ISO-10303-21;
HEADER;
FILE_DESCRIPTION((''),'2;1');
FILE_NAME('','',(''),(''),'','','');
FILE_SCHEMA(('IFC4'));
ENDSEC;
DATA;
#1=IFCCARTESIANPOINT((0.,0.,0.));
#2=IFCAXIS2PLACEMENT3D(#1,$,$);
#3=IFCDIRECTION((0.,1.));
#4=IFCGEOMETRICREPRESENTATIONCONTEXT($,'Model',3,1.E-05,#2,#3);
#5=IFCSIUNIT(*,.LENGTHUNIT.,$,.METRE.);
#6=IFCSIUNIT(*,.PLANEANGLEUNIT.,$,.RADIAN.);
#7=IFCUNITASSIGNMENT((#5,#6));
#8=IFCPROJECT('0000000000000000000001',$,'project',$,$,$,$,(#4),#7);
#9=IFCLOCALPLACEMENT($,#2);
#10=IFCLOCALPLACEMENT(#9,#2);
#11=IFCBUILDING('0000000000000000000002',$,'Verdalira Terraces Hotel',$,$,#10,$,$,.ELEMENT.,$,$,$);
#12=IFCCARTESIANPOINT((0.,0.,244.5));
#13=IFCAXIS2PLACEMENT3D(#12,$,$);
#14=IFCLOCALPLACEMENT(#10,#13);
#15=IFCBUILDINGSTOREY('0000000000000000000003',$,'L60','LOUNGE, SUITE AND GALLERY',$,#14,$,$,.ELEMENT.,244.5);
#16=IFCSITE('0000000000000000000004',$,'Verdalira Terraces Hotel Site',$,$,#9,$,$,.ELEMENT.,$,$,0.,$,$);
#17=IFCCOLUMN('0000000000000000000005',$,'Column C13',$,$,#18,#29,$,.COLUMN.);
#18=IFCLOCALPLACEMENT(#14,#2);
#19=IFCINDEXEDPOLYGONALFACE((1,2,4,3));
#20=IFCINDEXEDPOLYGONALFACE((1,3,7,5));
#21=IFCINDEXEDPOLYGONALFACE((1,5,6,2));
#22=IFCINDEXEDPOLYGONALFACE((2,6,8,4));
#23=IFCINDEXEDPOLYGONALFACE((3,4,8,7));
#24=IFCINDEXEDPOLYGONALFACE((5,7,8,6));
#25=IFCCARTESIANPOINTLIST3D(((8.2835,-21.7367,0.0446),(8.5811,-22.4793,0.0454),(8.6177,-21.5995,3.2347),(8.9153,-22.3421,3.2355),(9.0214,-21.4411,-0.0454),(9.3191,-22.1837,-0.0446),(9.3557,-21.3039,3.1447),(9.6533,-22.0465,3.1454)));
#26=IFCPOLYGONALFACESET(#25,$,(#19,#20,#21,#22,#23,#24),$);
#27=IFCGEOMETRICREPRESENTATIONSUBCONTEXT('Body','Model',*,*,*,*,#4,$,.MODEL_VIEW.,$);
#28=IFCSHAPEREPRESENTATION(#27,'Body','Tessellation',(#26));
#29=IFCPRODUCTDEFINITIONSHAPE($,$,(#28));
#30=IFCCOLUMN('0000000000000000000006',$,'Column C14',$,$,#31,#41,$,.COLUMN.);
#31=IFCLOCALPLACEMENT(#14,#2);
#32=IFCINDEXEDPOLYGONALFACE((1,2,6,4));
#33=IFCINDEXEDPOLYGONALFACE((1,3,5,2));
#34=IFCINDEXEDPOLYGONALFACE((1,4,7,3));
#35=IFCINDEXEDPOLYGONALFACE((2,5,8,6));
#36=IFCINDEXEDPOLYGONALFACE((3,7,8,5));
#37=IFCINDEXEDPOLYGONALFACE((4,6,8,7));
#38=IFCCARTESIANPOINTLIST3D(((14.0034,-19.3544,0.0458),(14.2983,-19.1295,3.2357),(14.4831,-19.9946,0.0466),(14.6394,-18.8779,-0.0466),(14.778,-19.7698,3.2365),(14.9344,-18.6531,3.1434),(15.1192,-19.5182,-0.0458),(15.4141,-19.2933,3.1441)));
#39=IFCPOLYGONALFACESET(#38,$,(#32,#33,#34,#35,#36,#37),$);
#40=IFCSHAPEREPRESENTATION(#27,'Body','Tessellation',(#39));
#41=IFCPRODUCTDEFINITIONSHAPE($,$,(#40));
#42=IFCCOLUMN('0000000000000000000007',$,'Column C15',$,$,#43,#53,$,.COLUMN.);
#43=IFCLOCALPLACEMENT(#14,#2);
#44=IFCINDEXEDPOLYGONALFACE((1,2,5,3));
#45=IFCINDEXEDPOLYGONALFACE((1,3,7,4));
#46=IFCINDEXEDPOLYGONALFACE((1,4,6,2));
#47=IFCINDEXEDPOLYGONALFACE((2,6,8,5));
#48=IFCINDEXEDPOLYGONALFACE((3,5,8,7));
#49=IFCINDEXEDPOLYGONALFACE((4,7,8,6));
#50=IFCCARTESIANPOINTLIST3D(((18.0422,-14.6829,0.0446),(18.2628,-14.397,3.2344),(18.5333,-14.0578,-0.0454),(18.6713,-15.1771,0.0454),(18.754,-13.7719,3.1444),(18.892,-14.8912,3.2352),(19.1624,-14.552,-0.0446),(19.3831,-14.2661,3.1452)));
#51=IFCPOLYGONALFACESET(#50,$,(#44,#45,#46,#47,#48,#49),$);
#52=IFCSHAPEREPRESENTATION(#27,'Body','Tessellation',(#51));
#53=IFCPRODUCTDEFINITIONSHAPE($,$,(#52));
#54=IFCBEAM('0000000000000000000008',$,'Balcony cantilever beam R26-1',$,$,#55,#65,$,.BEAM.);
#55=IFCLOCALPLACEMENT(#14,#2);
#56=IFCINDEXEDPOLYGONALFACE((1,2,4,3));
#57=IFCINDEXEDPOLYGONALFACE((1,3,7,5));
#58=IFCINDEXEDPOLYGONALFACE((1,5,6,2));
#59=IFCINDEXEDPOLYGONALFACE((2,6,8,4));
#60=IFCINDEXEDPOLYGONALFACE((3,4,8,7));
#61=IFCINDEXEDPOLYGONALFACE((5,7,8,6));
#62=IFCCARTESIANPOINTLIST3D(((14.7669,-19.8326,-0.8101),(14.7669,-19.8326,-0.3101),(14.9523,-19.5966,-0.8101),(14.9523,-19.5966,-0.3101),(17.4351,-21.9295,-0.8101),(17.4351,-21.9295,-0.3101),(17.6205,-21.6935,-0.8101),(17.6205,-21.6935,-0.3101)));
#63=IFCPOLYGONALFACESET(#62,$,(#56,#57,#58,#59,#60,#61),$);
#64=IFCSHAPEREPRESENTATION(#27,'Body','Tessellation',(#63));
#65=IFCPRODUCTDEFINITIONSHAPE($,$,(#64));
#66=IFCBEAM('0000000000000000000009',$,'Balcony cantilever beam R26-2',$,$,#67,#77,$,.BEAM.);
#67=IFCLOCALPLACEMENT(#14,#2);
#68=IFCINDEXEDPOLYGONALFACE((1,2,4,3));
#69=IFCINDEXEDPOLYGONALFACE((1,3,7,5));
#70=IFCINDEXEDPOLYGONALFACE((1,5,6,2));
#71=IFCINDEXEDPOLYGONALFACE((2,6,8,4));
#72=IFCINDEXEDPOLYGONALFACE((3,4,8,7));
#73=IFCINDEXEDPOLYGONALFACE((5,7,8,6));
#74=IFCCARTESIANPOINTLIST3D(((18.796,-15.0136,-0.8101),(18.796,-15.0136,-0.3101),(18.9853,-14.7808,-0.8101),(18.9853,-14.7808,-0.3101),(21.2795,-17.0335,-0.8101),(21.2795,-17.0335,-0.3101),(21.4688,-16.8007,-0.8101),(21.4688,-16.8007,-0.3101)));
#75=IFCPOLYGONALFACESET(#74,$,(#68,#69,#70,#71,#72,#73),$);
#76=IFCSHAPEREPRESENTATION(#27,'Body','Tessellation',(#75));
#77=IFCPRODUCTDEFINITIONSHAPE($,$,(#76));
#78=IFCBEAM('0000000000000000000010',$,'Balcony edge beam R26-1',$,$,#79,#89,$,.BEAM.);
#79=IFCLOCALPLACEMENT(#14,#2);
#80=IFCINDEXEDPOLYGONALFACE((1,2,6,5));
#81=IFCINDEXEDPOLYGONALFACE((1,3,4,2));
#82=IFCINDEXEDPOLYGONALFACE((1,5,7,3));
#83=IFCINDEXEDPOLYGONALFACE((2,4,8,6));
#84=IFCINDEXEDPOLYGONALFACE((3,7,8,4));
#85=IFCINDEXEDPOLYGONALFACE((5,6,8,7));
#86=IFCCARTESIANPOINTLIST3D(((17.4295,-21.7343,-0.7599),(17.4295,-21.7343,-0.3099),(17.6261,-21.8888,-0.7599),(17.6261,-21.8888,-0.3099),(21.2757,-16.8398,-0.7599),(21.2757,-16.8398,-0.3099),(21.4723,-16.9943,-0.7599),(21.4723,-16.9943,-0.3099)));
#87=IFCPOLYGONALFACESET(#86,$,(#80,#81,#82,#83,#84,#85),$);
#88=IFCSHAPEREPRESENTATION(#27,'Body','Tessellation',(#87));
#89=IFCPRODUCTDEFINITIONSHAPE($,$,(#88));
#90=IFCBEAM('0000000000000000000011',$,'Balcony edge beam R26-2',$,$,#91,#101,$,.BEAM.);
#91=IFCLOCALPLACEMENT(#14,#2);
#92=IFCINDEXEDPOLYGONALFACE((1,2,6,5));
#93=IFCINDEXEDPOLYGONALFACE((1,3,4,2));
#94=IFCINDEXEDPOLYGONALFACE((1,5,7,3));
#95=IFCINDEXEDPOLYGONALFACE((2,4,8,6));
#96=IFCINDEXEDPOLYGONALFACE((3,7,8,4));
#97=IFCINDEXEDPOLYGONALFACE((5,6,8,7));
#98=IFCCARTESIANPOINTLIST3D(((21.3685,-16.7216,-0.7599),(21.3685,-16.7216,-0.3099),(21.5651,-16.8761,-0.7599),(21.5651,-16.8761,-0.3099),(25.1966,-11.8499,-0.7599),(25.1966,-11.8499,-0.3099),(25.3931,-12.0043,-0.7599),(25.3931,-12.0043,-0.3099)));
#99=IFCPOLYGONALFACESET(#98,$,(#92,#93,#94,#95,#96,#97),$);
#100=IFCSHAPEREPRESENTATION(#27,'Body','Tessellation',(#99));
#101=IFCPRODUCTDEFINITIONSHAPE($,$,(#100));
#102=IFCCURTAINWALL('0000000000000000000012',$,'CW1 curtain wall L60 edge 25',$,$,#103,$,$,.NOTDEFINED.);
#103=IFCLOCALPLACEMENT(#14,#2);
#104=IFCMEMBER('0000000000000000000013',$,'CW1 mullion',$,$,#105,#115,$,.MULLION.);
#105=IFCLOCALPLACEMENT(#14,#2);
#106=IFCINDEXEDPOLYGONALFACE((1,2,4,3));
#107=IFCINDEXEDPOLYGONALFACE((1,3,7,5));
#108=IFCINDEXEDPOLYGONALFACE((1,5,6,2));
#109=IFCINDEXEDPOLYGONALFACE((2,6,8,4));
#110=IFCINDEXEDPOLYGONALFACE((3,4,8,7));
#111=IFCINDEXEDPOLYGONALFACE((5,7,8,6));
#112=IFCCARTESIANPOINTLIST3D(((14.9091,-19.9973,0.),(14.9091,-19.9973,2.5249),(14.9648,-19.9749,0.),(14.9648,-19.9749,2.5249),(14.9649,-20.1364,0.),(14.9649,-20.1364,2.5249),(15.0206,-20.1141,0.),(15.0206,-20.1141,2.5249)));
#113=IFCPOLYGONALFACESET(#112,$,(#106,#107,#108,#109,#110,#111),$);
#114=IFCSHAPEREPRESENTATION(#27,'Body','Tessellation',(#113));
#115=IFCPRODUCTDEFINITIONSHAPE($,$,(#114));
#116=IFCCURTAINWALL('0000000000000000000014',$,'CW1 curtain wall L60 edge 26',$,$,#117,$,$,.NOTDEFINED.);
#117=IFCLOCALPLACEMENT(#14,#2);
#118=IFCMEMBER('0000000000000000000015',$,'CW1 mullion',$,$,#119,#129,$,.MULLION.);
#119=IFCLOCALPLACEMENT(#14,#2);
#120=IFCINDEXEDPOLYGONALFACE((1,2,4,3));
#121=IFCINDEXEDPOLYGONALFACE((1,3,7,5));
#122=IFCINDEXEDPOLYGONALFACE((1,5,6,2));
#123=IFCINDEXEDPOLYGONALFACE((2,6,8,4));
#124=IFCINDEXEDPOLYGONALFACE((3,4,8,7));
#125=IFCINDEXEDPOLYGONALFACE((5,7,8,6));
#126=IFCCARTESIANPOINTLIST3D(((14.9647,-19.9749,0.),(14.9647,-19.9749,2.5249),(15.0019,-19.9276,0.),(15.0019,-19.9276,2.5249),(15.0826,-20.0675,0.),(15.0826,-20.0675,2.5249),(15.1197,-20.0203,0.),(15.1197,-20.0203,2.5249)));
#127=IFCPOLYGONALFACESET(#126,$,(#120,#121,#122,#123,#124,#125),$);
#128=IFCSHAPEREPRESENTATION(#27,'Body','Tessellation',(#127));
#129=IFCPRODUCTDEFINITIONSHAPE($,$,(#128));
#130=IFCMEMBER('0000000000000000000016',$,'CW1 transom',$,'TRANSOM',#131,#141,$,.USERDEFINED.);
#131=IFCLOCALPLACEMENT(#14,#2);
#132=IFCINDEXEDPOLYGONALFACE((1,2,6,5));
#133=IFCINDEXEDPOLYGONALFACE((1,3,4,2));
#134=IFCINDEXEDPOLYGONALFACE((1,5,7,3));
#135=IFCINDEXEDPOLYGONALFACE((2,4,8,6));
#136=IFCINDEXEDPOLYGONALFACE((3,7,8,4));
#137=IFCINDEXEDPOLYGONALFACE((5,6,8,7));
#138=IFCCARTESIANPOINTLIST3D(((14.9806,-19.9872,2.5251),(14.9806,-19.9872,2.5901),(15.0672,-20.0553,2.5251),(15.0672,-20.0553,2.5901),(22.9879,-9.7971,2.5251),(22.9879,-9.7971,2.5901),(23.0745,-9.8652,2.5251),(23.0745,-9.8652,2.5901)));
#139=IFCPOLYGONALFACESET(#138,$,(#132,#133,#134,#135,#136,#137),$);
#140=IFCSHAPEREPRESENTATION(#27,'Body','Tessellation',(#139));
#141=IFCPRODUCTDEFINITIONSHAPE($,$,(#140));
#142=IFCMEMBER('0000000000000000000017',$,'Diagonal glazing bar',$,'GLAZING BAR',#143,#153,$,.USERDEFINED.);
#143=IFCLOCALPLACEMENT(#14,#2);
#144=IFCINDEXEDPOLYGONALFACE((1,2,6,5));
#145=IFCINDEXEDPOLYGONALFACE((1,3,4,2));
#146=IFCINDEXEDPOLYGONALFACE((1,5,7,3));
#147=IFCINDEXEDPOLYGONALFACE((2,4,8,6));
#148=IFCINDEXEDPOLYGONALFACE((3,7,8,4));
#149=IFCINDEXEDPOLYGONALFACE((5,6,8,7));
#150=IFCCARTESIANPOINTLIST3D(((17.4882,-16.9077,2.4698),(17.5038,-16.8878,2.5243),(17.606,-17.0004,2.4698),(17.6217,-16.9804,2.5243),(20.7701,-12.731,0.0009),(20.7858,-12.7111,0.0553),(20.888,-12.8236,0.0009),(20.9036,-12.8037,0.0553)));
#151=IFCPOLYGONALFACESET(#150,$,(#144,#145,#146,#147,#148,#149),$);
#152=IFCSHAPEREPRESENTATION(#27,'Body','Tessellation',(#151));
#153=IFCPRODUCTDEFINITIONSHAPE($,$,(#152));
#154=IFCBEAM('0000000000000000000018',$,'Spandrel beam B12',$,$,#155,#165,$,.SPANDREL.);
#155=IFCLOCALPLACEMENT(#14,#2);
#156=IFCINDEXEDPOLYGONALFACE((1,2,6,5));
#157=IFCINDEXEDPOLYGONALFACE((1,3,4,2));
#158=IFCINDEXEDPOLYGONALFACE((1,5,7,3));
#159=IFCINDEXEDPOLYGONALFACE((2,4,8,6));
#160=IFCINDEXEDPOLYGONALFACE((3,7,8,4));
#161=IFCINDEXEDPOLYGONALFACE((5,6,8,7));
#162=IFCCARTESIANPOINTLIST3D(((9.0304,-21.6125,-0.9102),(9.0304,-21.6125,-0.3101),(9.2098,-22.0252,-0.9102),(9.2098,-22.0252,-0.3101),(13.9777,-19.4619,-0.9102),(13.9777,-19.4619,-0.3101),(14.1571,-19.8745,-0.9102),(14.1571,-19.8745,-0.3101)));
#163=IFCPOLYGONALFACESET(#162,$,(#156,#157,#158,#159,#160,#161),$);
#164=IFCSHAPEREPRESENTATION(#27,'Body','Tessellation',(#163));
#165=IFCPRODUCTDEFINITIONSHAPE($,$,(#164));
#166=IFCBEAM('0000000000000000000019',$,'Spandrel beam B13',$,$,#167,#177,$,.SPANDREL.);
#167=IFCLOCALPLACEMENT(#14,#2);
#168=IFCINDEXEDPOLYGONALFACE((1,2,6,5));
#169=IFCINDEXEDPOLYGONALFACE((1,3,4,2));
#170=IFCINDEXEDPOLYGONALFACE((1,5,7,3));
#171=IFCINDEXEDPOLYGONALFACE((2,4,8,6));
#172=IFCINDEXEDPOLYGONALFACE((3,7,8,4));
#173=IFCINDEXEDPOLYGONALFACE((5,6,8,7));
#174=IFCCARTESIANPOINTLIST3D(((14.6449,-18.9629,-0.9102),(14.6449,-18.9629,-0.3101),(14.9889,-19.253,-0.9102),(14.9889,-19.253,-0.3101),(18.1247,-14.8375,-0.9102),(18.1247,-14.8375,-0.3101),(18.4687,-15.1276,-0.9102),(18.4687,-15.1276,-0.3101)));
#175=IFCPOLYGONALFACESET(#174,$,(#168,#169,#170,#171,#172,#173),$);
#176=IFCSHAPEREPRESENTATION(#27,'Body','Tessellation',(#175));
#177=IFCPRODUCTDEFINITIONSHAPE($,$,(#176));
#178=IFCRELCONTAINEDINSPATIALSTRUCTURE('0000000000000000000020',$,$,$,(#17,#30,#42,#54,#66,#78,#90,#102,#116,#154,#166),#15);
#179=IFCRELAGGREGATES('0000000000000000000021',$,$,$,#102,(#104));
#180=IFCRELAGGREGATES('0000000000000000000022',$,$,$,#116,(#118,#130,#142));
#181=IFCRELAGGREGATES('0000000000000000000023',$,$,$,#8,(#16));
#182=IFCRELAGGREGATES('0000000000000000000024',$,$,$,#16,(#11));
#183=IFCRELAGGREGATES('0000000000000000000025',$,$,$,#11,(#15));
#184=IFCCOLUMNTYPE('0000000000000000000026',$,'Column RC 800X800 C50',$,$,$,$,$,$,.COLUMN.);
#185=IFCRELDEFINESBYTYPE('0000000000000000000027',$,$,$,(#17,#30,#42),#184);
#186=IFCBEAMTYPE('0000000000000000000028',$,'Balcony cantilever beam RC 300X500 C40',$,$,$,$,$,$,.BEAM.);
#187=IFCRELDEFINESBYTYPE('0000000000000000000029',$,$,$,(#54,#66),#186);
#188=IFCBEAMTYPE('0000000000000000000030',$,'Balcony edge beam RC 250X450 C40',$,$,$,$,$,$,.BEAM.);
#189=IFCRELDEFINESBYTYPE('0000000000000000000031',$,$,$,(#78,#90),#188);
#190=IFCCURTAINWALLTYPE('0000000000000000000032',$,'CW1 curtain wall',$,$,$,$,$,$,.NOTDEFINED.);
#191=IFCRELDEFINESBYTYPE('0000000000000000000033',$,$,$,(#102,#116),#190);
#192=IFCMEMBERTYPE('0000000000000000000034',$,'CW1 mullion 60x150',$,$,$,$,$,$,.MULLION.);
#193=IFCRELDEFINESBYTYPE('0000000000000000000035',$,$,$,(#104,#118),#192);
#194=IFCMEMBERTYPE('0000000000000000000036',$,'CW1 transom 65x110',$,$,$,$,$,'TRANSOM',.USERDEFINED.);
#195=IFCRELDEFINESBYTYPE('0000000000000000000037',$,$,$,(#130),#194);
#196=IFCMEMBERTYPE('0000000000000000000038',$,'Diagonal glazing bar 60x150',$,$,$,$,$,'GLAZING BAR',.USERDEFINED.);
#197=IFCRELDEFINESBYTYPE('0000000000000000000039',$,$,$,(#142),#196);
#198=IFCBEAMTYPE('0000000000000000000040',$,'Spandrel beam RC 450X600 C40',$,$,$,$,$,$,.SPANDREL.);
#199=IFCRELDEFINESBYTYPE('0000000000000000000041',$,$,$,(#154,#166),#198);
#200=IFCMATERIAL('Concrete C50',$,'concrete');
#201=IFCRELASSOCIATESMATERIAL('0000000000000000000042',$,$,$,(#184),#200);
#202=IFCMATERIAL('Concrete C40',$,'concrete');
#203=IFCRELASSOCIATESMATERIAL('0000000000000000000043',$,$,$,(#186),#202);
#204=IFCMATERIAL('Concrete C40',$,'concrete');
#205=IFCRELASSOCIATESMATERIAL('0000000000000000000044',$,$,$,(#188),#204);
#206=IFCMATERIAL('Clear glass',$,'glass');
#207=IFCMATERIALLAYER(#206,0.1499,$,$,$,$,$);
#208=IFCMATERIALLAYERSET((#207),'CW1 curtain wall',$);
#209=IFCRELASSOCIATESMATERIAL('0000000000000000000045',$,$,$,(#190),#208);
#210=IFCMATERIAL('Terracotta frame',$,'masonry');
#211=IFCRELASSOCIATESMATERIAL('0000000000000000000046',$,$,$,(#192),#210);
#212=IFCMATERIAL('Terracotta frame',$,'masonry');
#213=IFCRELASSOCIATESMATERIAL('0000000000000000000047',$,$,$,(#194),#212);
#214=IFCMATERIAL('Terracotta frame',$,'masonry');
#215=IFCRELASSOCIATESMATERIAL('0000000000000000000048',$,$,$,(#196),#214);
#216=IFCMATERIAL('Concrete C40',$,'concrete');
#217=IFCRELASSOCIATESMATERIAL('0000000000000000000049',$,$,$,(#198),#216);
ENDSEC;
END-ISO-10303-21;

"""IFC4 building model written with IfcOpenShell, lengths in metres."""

from ifc_helpers import new_model, si_unit, direction, frame, origin, origin_2d, place, context, subcontext, project, spatial, rectangle, extrude, material, layer, layer_set, material_profile, profile_set, type_object, element, aggregate, save


model = new_model("IFC4")

# Units and contexts
model_context = context("Model", 3, precision=1e-05, world=origin(), true_north=direction((0.0, 1.0)))
body_context = subcontext(model_context, "Body", "Model", "MODEL_VIEW")
ifc_project = project(units=[si_unit("LENGTHUNIT", "METRE"), si_unit("PLANEANGLEUNIT", "RADIAN")], contexts=[model_context])

# Site, building, storey
site_placement = place(None, origin())
site = spatial("IfcSite", under=ifc_project, at=site_placement, Name="Verdalira Terraces Hotel Site", CompositionType="ELEMENT", RefElevation=0.0)
building_placement = place(site_placement, origin())
building = spatial("IfcBuilding", under=site, at=building_placement, Name="Verdalira Terraces Hotel", CompositionType="ELEMENT")
storey_placement = place(building_placement, frame((0.0, 0.0, 244.5)))
storey = spatial("IfcBuildingStorey", under=building, at=storey_placement, Name="L60", Description="LOUNGE, SUITE AND GALLERY", CompositionType="ELEMENT", Elevation=244.5)

# Columns
ifc_material_1 = material(Name="Concrete C50", Category="concrete")
ifc_material_profile_1 = material_profile(ifc_material_1, rectangle(XDim=0.8, YDim=0.8, at=origin_2d()), Name="RC 800X800")
ifc_profile_set_1 = profile_set([ifc_material_profile_1], Name="Concrete C50")
column_type = type_object("IfcColumnType", Name="Column RC 800X800 C50", PredefinedType="COLUMN", material=ifc_profile_set_1)
column_1_placement = place(storey_placement, frame((8.8013, -21.9602, 0.0), z_axis=(0.10411, 0.042739, 0.993647), x_axis=(0.922376, 0.369538, -0.112537)))
element("IfcColumn", 1, at=column_1_placement, inside=storey, type_object=column_type, Name="Column C13", PredefinedType="COLUMN", context=body_context, shape_type="SweptSolid", body=[
    extrude(rectangle(XDim=0.8, YDim=0.8, at=origin_2d()), origin(), (0.0, 0.0, 1.0), 3.2104),
])
column_2_placement = place(storey_placement, frame((14.5613, -19.4363, 0.0), z_axis=(0.091835, 0.070017, 0.99331), x_axis=(-0.795, -0.595517, 0.115478)))
element("IfcColumn", 2, at=column_2_placement, inside=storey, type_object=column_type, Name="Column C14", PredefinedType="COLUMN", context=body_context, shape_type="SweptSolid", body=[
    extrude(rectangle(XDim=0.8, YDim=0.8, at=origin_2d()), origin(), (0.0, 0.0, 1.0), 3.2114),
])
column_3_placement = place(storey_placement, frame((18.6023, -14.6174, 0.0), z_axis=(0.068748, 0.089053, 0.993651), x_axis=(0.613855, 0.781362, -0.112498)))
element("IfcColumn", 3, at=column_3_placement, inside=storey, type_object=column_type, Name="Column C15", PredefinedType="COLUMN", context=body_context, shape_type="SweptSolid", body=[
    extrude(rectangle(XDim=0.8, YDim=0.8, at=origin_2d()), origin(), (0.0, 0.0, 1.0), 3.2102),
])

# Beams
ifc_material_2 = material(Name="Concrete C40", Category="concrete")
ifc_material_profile_2 = material_profile(ifc_material_2, rectangle(XDim=0.3, YDim=0.5, at=origin_2d()), Name="RC 300X500")
ifc_profile_set_2 = profile_set([ifc_material_profile_2], Name="Concrete C40")
beam_type_1 = type_object("IfcBeamType", Name="Balcony cantilever beam RC 300X500 C40", PredefinedType="BEAM", material=ifc_profile_set_2)
beam_1_placement = place(storey_placement, frame((14.8596, -19.7146, -0.5601), z_axis=(0.786251, -0.617907, 0.0), x_axis=(0.617907, 0.786251, 0.0)))
element("IfcBeam", 4, at=beam_1_placement, inside=storey, type_object=beam_type_1, Name="Balcony cantilever beam R26-1", PredefinedType="BEAM", context=body_context, shape_type="SweptSolid", body=[
    extrude(rectangle(XDim=0.3, YDim=0.5, at=origin_2d()), origin(), (0.0, 0.0, 1.0), 3.3936),
])
beam_2_placement = place(storey_placement, frame((18.8906, -14.8972, -0.5601), z_axis=(0.775806, -0.630972, 0.0), x_axis=(0.630972, 0.775806, 0.0)))
element("IfcBeam", 5, at=beam_2_placement, inside=storey, type_object=beam_type_1, Name="Balcony cantilever beam R26-2", PredefinedType="BEAM", context=body_context, shape_type="SweptSolid", body=[
    extrude(rectangle(XDim=0.3, YDim=0.5, at=origin_2d()), origin(), (0.0, 0.0, 1.0), 3.2012),
])
ifc_material_3 = material(Name="Concrete C40", Category="concrete")
ifc_material_profile_3 = material_profile(ifc_material_3, rectangle(XDim=0.25, YDim=0.45, at=origin_2d()), Name="RC 250X450")
ifc_profile_set_3 = profile_set([ifc_material_profile_3], Name="Concrete C40")
beam_type_2 = type_object("IfcBeamType", Name="Balcony edge beam RC 250X450 C40", PredefinedType="BEAM", material=ifc_profile_set_3)
beam_3_placement = place(storey_placement, frame((17.5278, -21.8115, -0.5349), z_axis=(0.61787, 0.78628, 0.0), x_axis=(-0.78628, 0.61787, 0.0)))
element("IfcBeam", 6, at=beam_3_placement, inside=storey, type_object=beam_type_2, Name="Balcony edge beam R26-1", PredefinedType="BEAM", context=body_context, shape_type="SweptSolid", body=[
    extrude(rectangle(XDim=0.25, YDim=0.45, at=origin_2d()), origin(), (0.0, 0.0, 1.0), 6.2249),
])
beam_4_placement = place(storey_placement, frame((21.4668, -16.7988, -0.5349), z_axis=(0.617848, 0.786298, 0.0), x_axis=(-0.786298, 0.617848, 0.0)))
element("IfcBeam", 7, at=beam_4_placement, inside=storey, type_object=beam_type_2, Name="Balcony edge beam R26-2", PredefinedType="BEAM", context=body_context, shape_type="SweptSolid", body=[
    extrude(rectangle(XDim=0.25, YDim=0.45, at=origin_2d()), origin(), (0.0, 0.0, 1.0), 6.1958),
])

# Curtain wall, member
ifc_material_4 = material(Name="Clear glass", Category="glass")
ifc_layer_1 = layer(ifc_material_4, 0.1499)
ifc_layer_set_1 = layer_set([ifc_layer_1], Name="CW1 curtain wall")
curtain_wall_type = type_object("IfcCurtainWallType", Name="CW1 curtain wall", PredefinedType="NOTDEFINED", material=ifc_layer_set_1)
curtain_wall_1_placement = place(storey_placement, origin())
curtain_wall_1 = element("IfcCurtainWall", 8, at=curtain_wall_1_placement, inside=storey, type_object=curtain_wall_type, Name="CW1 curtain wall L60 edge 25", PredefinedType="NOTDEFINED")
ifc_material_5 = material(Name="Terracotta frame", Category="masonry")
ifc_material_profile_4 = material_profile(ifc_material_5, rectangle(XDim=0.0601, YDim=0.1499, at=origin_2d()), Name="MU 60x150")
ifc_profile_set_4 = profile_set([ifc_material_profile_4], Name="Terracotta frame")
member_type_1 = type_object("IfcMemberType", Name="CW1 mullion 60x150", PredefinedType="MULLION", material=ifc_profile_set_4)
member_1_placement = place(storey_placement, frame((14.9648, -20.0557, 0.0), z_axis=(0.0, 0.0, 1.0), x_axis=(0.928226, 0.372016, 0.0)))
member_1 = element("IfcMember", 9, at=member_1_placement, type_object=member_type_1, Name="CW1 mullion", PredefinedType="MULLION", context=body_context, shape_type="SweptSolid", body=[
    extrude(rectangle(XDim=0.0601, YDim=0.1499, at=origin_2d()), origin(), (0.0, 0.0, 1.0), 2.5249),
])

# Curtain wall, members
curtain_wall_2_placement = place(storey_placement, origin())
curtain_wall_2 = element("IfcCurtainWall", 10, at=curtain_wall_2_placement, inside=storey, type_object=curtain_wall_type, Name="CW1 curtain wall L60 edge 26", PredefinedType="NOTDEFINED")
member_2_placement = place(storey_placement, frame((15.0422, -19.9976, 0.0), z_axis=(0.0, 0.0, 1.0), x_axis=(0.61786, 0.786288, 0.0)))
member_2 = element("IfcMember", 11, at=member_2_placement, type_object=member_type_1, Name="CW1 mullion", PredefinedType="MULLION", context=body_context, shape_type="SweptSolid", body=[
    extrude(rectangle(XDim=0.0601, YDim=0.1499, at=origin_2d()), origin(), (0.0, 0.0, 1.0), 2.5249),
])
ifc_material_6 = material(Name="Terracotta frame", Category="masonry")
ifc_material_profile_5 = material_profile(ifc_material_6, rectangle(XDim=0.1101, YDim=0.0649, at=origin_2d()), Name="TR 65x110")
ifc_profile_set_5 = profile_set([ifc_material_profile_5], Name="Terracotta frame")
member_type_2 = type_object("IfcMemberType", Name="CW1 transom 65x110", ElementType="TRANSOM", PredefinedType="USERDEFINED", material=ifc_profile_set_5)
member_3_placement = place(storey_placement, frame((15.0239, -20.0212, 2.5576), z_axis=(0.617857, 0.78629, 0.0), x_axis=(-0.78629, 0.617857, 0.0)))
member_3 = element("IfcMember", 12, at=member_3_placement, type_object=member_type_2, Name="CW1 transom", ObjectType="TRANSOM", PredefinedType="USERDEFINED", context=body_context, shape_type="SweptSolid", body=[
    extrude(rectangle(XDim=0.1101, YDim=0.0649, at=origin_2d()), origin(), (0.0, 0.0, 1.0), 12.9597),
])
ifc_material_7 = material(Name="Terracotta frame", Category="masonry")
ifc_material_profile_6 = material_profile(ifc_material_7, rectangle(XDim=0.1499, YDim=0.0601, at=origin_2d()), Name="GB 60x150")
ifc_profile_set_6 = profile_set([ifc_material_profile_6], Name="Terracotta frame")
member_type_3 = type_object("IfcMemberType", Name="Diagonal glazing bar 60x150", ElementType="GLAZING BAR", PredefinedType="USERDEFINED", material=ifc_profile_set_6)
member_4_placement = place(storey_placement, frame((17.5549, -16.9441, 2.4971), z_axis=(0.560285, 0.713037, -0.421496), x_axis=(-0.786296, 0.61785, 0.0)))
member_4 = element("IfcMember", 13, at=member_4_placement, type_object=member_type_3, Name="Diagonal glazing bar", ObjectType="GLAZING BAR", PredefinedType="USERDEFINED", context=body_context, shape_type="SweptSolid", body=[
    extrude(rectangle(XDim=0.1499, YDim=0.0601, at=origin_2d()), origin(), (0.0, 0.0, 1.0), 5.8577),
])

# Beams
ifc_material_8 = material(Name="Concrete C40", Category="concrete")
ifc_material_profile_7 = material_profile(ifc_material_8, rectangle(XDim=0.45, YDim=0.6001, at=origin_2d()), Name="RC 450X600")
ifc_profile_set_7 = profile_set([ifc_material_profile_7], Name="Concrete C40")
beam_type_3 = type_object("IfcBeamType", Name="Spandrel beam RC 450X600 C40", PredefinedType="SPANDREL", material=ifc_profile_set_7)
beam_5_placement = place(storey_placement, frame((9.1201, -21.8188, -0.6101), z_axis=(0.917094, 0.398672, 0.0), x_axis=(-0.398672, 0.917094, 0.0)))
element("IfcBeam", 14, at=beam_5_placement, inside=storey, type_object=beam_type_3, Name="Spandrel beam B12", PredefinedType="SPANDREL", context=body_context, shape_type="SweptSolid", body=[
    extrude(rectangle(XDim=0.45, YDim=0.6001, at=origin_2d()), origin(), (0.0, 0.0, 1.0), 5.3945),
])
beam_6_placement = place(storey_placement, frame((14.8169, -19.1079, -0.6101), z_axis=(0.644769, 0.764377, 0.0), x_axis=(-0.764377, 0.644769, 0.0)))
element("IfcBeam", 15, at=beam_6_placement, inside=storey, type_object=beam_type_3, Name="Spandrel beam B13", PredefinedType="SPANDREL", context=body_context, shape_type="SweptSolid", body=[
    extrude(rectangle(XDim=0.45, YDim=0.6001, at=origin_2d()), origin(), (0.0, 0.0, 1.0), 5.397),
])

aggregate(curtain_wall_1, [member_1])
aggregate(curtain_wall_2, [member_2, member_3, member_4])

save(model, "model.ifc")
